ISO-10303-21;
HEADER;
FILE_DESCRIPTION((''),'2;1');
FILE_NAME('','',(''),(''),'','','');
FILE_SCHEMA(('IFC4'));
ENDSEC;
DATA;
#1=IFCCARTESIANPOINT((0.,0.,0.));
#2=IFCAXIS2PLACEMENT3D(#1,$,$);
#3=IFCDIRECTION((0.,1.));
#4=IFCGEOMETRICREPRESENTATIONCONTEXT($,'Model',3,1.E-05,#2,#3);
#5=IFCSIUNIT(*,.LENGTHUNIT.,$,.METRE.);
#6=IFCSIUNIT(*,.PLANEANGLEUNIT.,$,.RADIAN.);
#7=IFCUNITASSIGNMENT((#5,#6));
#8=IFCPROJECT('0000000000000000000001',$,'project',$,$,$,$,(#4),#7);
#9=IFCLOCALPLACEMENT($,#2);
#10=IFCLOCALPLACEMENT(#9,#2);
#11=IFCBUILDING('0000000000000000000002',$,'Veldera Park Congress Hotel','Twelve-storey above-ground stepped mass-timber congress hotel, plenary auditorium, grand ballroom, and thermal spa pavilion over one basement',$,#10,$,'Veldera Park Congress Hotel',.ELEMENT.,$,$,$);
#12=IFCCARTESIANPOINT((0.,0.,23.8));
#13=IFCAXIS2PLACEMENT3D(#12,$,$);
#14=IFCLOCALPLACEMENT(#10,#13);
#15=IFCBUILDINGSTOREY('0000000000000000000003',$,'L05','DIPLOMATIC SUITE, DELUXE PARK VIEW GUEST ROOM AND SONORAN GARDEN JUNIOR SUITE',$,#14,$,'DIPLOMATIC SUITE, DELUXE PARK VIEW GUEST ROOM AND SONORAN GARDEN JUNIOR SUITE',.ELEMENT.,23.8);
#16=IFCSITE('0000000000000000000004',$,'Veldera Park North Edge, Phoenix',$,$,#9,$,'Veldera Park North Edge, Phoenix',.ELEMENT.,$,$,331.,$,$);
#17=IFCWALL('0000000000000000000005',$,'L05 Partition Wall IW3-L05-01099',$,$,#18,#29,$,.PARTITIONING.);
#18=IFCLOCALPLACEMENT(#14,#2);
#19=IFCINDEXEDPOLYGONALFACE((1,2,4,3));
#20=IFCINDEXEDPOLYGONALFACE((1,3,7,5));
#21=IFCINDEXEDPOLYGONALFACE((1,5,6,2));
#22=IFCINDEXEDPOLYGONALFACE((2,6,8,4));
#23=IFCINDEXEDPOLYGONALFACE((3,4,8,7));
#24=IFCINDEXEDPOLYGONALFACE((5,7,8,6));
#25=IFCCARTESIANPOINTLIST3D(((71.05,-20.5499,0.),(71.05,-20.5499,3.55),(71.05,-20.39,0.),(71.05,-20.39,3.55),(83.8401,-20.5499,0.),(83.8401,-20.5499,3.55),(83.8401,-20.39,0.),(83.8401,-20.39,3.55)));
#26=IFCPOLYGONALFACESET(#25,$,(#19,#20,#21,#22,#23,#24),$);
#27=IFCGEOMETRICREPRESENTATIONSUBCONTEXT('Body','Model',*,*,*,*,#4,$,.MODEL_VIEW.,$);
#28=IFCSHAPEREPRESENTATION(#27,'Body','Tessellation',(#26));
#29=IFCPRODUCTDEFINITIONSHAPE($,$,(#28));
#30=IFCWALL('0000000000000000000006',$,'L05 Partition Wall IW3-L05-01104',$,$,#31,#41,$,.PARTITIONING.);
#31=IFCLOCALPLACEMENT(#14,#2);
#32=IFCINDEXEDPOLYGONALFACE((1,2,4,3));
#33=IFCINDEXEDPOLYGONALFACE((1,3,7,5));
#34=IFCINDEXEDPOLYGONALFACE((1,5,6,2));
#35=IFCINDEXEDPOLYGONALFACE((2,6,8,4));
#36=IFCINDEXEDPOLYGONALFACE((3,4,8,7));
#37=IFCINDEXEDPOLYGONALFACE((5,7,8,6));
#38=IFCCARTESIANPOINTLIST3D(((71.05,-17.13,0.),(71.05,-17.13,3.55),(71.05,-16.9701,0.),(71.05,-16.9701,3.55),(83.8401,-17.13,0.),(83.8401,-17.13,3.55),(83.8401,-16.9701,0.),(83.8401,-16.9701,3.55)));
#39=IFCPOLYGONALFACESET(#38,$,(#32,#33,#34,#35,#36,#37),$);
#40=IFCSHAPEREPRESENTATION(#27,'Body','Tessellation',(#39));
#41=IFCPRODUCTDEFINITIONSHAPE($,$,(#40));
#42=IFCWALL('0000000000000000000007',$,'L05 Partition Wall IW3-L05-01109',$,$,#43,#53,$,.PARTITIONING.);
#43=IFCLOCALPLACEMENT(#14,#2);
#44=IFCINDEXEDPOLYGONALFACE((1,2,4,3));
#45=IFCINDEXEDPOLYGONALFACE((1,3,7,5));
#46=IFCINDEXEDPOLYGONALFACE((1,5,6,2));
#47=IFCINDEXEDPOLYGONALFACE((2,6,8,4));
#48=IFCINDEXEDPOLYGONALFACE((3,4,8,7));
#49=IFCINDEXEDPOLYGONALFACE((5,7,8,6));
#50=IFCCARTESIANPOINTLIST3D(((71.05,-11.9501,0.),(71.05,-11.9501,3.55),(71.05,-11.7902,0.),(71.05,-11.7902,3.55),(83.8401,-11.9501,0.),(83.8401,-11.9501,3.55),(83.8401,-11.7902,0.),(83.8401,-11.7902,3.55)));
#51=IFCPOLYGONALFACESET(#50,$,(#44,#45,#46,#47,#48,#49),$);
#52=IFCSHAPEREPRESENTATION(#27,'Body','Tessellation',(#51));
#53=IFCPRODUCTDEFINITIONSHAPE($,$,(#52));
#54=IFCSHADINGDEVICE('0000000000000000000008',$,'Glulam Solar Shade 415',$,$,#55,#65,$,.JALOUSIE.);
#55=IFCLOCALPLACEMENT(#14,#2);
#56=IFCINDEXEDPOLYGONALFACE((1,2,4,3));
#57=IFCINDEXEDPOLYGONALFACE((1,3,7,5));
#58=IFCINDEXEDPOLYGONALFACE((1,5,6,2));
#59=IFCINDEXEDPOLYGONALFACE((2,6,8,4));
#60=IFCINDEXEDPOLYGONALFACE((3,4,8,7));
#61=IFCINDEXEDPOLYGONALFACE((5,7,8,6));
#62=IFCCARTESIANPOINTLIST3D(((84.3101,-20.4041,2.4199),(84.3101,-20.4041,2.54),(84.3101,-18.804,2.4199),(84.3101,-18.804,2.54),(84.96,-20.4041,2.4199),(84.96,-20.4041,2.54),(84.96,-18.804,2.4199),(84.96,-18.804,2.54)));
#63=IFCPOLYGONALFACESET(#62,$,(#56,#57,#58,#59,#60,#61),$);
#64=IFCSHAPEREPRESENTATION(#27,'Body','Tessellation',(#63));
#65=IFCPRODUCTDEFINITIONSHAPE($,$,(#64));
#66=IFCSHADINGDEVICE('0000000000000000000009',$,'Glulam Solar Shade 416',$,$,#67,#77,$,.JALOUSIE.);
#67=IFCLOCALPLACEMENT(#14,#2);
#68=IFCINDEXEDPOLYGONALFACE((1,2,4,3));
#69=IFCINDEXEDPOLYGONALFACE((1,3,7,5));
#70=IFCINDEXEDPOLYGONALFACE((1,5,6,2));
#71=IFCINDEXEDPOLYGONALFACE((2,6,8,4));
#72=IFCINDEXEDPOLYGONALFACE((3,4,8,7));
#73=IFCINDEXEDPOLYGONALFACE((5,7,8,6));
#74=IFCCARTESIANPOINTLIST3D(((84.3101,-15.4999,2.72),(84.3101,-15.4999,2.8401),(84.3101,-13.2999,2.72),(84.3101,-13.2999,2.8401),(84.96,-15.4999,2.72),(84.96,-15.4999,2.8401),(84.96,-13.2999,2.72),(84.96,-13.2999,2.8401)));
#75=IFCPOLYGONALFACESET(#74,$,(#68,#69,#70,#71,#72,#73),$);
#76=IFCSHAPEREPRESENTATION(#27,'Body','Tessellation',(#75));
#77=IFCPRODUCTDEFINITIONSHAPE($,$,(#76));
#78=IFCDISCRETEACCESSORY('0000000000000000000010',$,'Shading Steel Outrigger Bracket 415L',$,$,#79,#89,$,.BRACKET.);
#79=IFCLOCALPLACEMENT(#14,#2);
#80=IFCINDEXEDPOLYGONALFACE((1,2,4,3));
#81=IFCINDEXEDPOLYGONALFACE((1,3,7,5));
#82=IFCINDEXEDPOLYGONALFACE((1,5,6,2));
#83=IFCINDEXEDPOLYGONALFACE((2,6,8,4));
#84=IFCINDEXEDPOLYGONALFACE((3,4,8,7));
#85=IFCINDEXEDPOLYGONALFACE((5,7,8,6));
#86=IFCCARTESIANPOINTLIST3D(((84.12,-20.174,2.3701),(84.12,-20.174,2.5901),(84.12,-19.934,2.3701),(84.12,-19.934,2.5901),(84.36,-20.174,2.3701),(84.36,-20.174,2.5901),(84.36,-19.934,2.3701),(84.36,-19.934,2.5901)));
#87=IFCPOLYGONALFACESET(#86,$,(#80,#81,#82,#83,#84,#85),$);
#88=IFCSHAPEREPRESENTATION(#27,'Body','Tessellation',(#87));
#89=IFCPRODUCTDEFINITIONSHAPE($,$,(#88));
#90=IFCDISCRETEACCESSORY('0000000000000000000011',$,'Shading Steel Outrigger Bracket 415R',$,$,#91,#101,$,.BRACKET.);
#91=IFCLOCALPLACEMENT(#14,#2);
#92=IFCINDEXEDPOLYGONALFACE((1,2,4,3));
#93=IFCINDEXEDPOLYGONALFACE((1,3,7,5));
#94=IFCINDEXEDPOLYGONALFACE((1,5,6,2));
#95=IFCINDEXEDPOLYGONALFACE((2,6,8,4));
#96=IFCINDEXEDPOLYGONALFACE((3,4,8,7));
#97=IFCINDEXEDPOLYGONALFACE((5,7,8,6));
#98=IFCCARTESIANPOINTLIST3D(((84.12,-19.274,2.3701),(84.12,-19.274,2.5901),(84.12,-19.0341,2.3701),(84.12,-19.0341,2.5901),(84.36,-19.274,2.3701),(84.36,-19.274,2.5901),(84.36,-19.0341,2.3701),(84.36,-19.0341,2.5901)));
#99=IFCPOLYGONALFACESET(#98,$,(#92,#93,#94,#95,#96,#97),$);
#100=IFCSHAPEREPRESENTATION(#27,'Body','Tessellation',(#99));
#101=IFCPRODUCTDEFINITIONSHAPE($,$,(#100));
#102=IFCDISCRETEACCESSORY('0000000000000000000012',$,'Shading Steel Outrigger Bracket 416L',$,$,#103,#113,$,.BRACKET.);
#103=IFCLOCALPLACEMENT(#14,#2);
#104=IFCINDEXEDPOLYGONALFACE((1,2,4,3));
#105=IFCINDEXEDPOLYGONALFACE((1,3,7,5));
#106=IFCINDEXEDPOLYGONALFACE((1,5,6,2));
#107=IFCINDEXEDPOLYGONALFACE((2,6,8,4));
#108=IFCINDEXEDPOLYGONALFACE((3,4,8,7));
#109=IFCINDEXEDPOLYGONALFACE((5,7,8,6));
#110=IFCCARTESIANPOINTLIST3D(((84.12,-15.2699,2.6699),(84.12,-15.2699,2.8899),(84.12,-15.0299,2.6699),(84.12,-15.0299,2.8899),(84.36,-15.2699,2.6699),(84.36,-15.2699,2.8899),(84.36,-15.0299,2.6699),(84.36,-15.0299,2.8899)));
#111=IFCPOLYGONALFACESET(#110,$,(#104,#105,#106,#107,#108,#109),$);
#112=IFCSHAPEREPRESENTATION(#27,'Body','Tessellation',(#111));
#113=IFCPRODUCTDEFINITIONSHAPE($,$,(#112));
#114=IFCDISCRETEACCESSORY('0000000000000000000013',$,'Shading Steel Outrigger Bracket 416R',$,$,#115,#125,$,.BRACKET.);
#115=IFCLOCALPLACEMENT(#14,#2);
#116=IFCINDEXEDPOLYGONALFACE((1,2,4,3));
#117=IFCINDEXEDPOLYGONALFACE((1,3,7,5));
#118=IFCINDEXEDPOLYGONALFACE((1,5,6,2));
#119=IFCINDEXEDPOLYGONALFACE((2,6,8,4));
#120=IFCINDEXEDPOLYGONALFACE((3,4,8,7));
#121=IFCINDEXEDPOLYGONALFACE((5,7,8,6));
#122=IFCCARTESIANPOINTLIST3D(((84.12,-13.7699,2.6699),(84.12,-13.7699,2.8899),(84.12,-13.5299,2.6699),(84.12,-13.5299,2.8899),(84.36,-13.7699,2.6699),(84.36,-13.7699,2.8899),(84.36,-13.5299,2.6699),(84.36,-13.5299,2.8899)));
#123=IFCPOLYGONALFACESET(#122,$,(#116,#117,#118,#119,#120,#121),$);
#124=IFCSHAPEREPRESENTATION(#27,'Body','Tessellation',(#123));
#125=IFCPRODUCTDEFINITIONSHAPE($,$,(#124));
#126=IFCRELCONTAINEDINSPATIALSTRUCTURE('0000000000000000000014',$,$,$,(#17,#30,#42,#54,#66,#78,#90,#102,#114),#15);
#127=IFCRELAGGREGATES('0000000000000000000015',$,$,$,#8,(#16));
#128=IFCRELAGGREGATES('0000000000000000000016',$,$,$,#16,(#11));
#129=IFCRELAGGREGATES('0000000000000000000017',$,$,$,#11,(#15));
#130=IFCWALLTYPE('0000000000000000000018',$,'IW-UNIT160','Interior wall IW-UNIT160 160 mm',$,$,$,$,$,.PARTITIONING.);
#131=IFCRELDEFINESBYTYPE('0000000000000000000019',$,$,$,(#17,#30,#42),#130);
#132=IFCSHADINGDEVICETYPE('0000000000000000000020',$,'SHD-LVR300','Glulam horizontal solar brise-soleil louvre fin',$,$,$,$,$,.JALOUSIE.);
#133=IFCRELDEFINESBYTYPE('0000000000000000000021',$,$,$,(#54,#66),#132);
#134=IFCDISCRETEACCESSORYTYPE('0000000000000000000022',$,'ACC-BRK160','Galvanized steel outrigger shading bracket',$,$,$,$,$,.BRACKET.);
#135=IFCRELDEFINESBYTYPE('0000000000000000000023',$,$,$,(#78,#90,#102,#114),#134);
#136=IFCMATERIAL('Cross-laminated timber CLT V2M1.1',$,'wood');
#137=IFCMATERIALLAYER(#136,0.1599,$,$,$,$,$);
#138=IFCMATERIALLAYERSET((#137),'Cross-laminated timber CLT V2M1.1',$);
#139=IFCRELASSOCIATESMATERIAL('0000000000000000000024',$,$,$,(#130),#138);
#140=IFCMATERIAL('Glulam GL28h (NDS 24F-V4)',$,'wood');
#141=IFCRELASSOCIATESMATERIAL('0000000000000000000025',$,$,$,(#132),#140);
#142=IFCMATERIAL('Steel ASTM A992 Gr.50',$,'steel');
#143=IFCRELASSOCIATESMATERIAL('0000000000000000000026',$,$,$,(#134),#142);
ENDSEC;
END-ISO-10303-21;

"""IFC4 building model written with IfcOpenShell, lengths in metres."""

from ifc_helpers import new_model, si_unit, direction, frame, frame_2d, origin, origin_2d, place, context, subcontext, project, spatial, rectangle, extrude, material, layer, layer_set, type_object, element, save


model = new_model("IFC4")

# Units and contexts
model_context = context("Model", 3, precision=1e-05, world=origin(), true_north=direction((0.0, 1.0)))
body_context = subcontext(model_context, "Body", "Model", "MODEL_VIEW")
ifc_project = project(units=[si_unit("LENGTHUNIT", "METRE"), si_unit("PLANEANGLEUNIT", "RADIAN")], contexts=[model_context])

# Site, building, storey
site_placement = place(None, origin())
site = spatial("IfcSite", under=ifc_project, at=site_placement, Name="Veldera Park North Edge, Phoenix", LongName="Veldera Park North Edge, Phoenix", CompositionType="ELEMENT", RefElevation=331.0)
building_placement = place(site_placement, origin())
building = spatial("IfcBuilding", under=site, at=building_placement, Name="Veldera Park Congress Hotel", Description="Twelve-storey above-ground stepped mass-timber congress hotel, plenary auditorium, grand ballroom, and thermal spa pavilion over one basement", LongName="Veldera Park Congress Hotel", CompositionType="ELEMENT")
storey_placement = place(building_placement, frame((0.0, 0.0, 23.8)))
storey = spatial("IfcBuildingStorey", under=building, at=storey_placement, Name="L05", Description="DIPLOMATIC SUITE, DELUXE PARK VIEW GUEST ROOM AND SONORAN GARDEN JUNIOR SUITE", LongName="DIPLOMATIC SUITE, DELUXE PARK VIEW GUEST ROOM AND SONORAN GARDEN JUNIOR SUITE", CompositionType="ELEMENT", Elevation=23.8)

# Shared definitions
ifc_material_1 = material(Name="Glulam GL28h (NDS 24F-V4)", Category="wood")

# Shared definitions
ifc_material_2 = material(Name="Cross-laminated timber CLT V2M1.1", Category="wood")

# Walls
ifc_layer_1 = layer(ifc_material_2, 0.1599)
ifc_layer_set_1 = layer_set([ifc_layer_1], Name="Cross-laminated timber CLT V2M1.1")
wall_type_1 = type_object("IfcWallType", Name="IW-UNIT160", Description="Interior wall IW-UNIT160 160 mm", PredefinedType="PARTITIONING", material=ifc_layer_set_1)
for number, where, z_axis, x_axis, name in (
    (1, (71.05, -20.47, 0.0), (0.0, 0.0, 1.0), (1.0, 0.0, 0.0), "L05 Partition Wall IW3-L05-01099"),
    (2, (71.05, -17.05, 0.0), (0.0, 0.0, 1.0), (1.0, 0.0, 0.0), "L05 Partition Wall IW3-L05-01104"),
    (3, (71.05, -11.8701, 0.0), (0.0, 0.0, 1.0), (1.0, 0.0, 0.0), "L05 Partition Wall IW3-L05-01109"),
):
    element("IfcWall", number, at=place(storey_placement, frame(where, z_axis=z_axis, x_axis=x_axis)), inside=storey, type_object=wall_type_1, Name=name, PredefinedType="PARTITIONING", context=body_context, shape_type="SweptSolid", body=[
        extrude(rectangle(XDim=12.79, YDim=0.1599, at=frame_2d((6.395, 0.0))), origin(), (0.0, 0.0, 1.0), 3.55),
    ])

# Shading devices
shading_device_type = type_object("IfcShadingDeviceType", Name="SHD-LVR300", Description="Glulam horizontal solar brise-soleil louvre fin", PredefinedType="JALOUSIE", material=ifc_material_1)
shading_device_1_placement = place(storey_placement, frame((84.635, -19.604, 2.4199), z_axis=(0.0, 0.0, 1.0), x_axis=(0.0, 1.0, 0.0)))
element("IfcShadingDevice", 4, at=shading_device_1_placement, inside=storey, type_object=shading_device_type, Name="Glulam Solar Shade 415", PredefinedType="JALOUSIE", context=body_context, shape_type="SweptSolid", body=[
    extrude(rectangle(XDim=1.6001, YDim=0.6499, at=origin_2d()), origin(), (0.0, 0.0, 1.0), 0.1201),
])
shading_device_2_placement = place(storey_placement, frame((84.635, -14.3999, 2.72), z_axis=(0.0, 0.0, 1.0), x_axis=(0.0, 1.0, 0.0)))
element("IfcShadingDevice", 5, at=shading_device_2_placement, inside=storey, type_object=shading_device_type, Name="Glulam Solar Shade 416", PredefinedType="JALOUSIE", context=body_context, shape_type="SweptSolid", body=[
    extrude(rectangle(XDim=2.2, YDim=0.6499, at=origin_2d()), origin(), (0.0, 0.0, 1.0), 0.1201),
])

# Discrete accessories
ifc_material_3 = material(Name="Steel ASTM A992 Gr.50", Category="steel")
discrete_accessory_type = type_object("IfcDiscreteAccessoryType", Name="ACC-BRK160", Description="Galvanized steel outrigger shading bracket", PredefinedType="BRACKET", material=ifc_material_3)
for number, where, z_axis, x_axis, name in (
    (6, (84.24, -20.054, 2.3701), (0.0, 0.0, 1.0), (0.0, 1.0, 0.0), "Shading Steel Outrigger Bracket 415L"),
    (7, (84.24, -19.1541, 2.3701), (0.0, 0.0, 1.0), (0.0, 1.0, 0.0), "Shading Steel Outrigger Bracket 415R"),
    (8, (84.24, -15.1499, 2.6699), (0.0, 0.0, 1.0), (0.0, 1.0, 0.0), "Shading Steel Outrigger Bracket 416L"),
    (9, (84.24, -13.6499, 2.6699), (0.0, 0.0, 1.0), (0.0, 1.0, 0.0), "Shading Steel Outrigger Bracket 416R"),
):
    element("IfcDiscreteAccessory", number, at=place(storey_placement, frame(where, z_axis=z_axis, x_axis=x_axis)), inside=storey, type_object=discrete_accessory_type, Name=name, PredefinedType="BRACKET", context=body_context, shape_type="SweptSolid", body=[
        extrude(rectangle(XDim=0.24, YDim=0.24, at=origin_2d()), origin(), (0.0, 0.0, 1.0), 0.22),
    ])

save(model, "model.ifc")
